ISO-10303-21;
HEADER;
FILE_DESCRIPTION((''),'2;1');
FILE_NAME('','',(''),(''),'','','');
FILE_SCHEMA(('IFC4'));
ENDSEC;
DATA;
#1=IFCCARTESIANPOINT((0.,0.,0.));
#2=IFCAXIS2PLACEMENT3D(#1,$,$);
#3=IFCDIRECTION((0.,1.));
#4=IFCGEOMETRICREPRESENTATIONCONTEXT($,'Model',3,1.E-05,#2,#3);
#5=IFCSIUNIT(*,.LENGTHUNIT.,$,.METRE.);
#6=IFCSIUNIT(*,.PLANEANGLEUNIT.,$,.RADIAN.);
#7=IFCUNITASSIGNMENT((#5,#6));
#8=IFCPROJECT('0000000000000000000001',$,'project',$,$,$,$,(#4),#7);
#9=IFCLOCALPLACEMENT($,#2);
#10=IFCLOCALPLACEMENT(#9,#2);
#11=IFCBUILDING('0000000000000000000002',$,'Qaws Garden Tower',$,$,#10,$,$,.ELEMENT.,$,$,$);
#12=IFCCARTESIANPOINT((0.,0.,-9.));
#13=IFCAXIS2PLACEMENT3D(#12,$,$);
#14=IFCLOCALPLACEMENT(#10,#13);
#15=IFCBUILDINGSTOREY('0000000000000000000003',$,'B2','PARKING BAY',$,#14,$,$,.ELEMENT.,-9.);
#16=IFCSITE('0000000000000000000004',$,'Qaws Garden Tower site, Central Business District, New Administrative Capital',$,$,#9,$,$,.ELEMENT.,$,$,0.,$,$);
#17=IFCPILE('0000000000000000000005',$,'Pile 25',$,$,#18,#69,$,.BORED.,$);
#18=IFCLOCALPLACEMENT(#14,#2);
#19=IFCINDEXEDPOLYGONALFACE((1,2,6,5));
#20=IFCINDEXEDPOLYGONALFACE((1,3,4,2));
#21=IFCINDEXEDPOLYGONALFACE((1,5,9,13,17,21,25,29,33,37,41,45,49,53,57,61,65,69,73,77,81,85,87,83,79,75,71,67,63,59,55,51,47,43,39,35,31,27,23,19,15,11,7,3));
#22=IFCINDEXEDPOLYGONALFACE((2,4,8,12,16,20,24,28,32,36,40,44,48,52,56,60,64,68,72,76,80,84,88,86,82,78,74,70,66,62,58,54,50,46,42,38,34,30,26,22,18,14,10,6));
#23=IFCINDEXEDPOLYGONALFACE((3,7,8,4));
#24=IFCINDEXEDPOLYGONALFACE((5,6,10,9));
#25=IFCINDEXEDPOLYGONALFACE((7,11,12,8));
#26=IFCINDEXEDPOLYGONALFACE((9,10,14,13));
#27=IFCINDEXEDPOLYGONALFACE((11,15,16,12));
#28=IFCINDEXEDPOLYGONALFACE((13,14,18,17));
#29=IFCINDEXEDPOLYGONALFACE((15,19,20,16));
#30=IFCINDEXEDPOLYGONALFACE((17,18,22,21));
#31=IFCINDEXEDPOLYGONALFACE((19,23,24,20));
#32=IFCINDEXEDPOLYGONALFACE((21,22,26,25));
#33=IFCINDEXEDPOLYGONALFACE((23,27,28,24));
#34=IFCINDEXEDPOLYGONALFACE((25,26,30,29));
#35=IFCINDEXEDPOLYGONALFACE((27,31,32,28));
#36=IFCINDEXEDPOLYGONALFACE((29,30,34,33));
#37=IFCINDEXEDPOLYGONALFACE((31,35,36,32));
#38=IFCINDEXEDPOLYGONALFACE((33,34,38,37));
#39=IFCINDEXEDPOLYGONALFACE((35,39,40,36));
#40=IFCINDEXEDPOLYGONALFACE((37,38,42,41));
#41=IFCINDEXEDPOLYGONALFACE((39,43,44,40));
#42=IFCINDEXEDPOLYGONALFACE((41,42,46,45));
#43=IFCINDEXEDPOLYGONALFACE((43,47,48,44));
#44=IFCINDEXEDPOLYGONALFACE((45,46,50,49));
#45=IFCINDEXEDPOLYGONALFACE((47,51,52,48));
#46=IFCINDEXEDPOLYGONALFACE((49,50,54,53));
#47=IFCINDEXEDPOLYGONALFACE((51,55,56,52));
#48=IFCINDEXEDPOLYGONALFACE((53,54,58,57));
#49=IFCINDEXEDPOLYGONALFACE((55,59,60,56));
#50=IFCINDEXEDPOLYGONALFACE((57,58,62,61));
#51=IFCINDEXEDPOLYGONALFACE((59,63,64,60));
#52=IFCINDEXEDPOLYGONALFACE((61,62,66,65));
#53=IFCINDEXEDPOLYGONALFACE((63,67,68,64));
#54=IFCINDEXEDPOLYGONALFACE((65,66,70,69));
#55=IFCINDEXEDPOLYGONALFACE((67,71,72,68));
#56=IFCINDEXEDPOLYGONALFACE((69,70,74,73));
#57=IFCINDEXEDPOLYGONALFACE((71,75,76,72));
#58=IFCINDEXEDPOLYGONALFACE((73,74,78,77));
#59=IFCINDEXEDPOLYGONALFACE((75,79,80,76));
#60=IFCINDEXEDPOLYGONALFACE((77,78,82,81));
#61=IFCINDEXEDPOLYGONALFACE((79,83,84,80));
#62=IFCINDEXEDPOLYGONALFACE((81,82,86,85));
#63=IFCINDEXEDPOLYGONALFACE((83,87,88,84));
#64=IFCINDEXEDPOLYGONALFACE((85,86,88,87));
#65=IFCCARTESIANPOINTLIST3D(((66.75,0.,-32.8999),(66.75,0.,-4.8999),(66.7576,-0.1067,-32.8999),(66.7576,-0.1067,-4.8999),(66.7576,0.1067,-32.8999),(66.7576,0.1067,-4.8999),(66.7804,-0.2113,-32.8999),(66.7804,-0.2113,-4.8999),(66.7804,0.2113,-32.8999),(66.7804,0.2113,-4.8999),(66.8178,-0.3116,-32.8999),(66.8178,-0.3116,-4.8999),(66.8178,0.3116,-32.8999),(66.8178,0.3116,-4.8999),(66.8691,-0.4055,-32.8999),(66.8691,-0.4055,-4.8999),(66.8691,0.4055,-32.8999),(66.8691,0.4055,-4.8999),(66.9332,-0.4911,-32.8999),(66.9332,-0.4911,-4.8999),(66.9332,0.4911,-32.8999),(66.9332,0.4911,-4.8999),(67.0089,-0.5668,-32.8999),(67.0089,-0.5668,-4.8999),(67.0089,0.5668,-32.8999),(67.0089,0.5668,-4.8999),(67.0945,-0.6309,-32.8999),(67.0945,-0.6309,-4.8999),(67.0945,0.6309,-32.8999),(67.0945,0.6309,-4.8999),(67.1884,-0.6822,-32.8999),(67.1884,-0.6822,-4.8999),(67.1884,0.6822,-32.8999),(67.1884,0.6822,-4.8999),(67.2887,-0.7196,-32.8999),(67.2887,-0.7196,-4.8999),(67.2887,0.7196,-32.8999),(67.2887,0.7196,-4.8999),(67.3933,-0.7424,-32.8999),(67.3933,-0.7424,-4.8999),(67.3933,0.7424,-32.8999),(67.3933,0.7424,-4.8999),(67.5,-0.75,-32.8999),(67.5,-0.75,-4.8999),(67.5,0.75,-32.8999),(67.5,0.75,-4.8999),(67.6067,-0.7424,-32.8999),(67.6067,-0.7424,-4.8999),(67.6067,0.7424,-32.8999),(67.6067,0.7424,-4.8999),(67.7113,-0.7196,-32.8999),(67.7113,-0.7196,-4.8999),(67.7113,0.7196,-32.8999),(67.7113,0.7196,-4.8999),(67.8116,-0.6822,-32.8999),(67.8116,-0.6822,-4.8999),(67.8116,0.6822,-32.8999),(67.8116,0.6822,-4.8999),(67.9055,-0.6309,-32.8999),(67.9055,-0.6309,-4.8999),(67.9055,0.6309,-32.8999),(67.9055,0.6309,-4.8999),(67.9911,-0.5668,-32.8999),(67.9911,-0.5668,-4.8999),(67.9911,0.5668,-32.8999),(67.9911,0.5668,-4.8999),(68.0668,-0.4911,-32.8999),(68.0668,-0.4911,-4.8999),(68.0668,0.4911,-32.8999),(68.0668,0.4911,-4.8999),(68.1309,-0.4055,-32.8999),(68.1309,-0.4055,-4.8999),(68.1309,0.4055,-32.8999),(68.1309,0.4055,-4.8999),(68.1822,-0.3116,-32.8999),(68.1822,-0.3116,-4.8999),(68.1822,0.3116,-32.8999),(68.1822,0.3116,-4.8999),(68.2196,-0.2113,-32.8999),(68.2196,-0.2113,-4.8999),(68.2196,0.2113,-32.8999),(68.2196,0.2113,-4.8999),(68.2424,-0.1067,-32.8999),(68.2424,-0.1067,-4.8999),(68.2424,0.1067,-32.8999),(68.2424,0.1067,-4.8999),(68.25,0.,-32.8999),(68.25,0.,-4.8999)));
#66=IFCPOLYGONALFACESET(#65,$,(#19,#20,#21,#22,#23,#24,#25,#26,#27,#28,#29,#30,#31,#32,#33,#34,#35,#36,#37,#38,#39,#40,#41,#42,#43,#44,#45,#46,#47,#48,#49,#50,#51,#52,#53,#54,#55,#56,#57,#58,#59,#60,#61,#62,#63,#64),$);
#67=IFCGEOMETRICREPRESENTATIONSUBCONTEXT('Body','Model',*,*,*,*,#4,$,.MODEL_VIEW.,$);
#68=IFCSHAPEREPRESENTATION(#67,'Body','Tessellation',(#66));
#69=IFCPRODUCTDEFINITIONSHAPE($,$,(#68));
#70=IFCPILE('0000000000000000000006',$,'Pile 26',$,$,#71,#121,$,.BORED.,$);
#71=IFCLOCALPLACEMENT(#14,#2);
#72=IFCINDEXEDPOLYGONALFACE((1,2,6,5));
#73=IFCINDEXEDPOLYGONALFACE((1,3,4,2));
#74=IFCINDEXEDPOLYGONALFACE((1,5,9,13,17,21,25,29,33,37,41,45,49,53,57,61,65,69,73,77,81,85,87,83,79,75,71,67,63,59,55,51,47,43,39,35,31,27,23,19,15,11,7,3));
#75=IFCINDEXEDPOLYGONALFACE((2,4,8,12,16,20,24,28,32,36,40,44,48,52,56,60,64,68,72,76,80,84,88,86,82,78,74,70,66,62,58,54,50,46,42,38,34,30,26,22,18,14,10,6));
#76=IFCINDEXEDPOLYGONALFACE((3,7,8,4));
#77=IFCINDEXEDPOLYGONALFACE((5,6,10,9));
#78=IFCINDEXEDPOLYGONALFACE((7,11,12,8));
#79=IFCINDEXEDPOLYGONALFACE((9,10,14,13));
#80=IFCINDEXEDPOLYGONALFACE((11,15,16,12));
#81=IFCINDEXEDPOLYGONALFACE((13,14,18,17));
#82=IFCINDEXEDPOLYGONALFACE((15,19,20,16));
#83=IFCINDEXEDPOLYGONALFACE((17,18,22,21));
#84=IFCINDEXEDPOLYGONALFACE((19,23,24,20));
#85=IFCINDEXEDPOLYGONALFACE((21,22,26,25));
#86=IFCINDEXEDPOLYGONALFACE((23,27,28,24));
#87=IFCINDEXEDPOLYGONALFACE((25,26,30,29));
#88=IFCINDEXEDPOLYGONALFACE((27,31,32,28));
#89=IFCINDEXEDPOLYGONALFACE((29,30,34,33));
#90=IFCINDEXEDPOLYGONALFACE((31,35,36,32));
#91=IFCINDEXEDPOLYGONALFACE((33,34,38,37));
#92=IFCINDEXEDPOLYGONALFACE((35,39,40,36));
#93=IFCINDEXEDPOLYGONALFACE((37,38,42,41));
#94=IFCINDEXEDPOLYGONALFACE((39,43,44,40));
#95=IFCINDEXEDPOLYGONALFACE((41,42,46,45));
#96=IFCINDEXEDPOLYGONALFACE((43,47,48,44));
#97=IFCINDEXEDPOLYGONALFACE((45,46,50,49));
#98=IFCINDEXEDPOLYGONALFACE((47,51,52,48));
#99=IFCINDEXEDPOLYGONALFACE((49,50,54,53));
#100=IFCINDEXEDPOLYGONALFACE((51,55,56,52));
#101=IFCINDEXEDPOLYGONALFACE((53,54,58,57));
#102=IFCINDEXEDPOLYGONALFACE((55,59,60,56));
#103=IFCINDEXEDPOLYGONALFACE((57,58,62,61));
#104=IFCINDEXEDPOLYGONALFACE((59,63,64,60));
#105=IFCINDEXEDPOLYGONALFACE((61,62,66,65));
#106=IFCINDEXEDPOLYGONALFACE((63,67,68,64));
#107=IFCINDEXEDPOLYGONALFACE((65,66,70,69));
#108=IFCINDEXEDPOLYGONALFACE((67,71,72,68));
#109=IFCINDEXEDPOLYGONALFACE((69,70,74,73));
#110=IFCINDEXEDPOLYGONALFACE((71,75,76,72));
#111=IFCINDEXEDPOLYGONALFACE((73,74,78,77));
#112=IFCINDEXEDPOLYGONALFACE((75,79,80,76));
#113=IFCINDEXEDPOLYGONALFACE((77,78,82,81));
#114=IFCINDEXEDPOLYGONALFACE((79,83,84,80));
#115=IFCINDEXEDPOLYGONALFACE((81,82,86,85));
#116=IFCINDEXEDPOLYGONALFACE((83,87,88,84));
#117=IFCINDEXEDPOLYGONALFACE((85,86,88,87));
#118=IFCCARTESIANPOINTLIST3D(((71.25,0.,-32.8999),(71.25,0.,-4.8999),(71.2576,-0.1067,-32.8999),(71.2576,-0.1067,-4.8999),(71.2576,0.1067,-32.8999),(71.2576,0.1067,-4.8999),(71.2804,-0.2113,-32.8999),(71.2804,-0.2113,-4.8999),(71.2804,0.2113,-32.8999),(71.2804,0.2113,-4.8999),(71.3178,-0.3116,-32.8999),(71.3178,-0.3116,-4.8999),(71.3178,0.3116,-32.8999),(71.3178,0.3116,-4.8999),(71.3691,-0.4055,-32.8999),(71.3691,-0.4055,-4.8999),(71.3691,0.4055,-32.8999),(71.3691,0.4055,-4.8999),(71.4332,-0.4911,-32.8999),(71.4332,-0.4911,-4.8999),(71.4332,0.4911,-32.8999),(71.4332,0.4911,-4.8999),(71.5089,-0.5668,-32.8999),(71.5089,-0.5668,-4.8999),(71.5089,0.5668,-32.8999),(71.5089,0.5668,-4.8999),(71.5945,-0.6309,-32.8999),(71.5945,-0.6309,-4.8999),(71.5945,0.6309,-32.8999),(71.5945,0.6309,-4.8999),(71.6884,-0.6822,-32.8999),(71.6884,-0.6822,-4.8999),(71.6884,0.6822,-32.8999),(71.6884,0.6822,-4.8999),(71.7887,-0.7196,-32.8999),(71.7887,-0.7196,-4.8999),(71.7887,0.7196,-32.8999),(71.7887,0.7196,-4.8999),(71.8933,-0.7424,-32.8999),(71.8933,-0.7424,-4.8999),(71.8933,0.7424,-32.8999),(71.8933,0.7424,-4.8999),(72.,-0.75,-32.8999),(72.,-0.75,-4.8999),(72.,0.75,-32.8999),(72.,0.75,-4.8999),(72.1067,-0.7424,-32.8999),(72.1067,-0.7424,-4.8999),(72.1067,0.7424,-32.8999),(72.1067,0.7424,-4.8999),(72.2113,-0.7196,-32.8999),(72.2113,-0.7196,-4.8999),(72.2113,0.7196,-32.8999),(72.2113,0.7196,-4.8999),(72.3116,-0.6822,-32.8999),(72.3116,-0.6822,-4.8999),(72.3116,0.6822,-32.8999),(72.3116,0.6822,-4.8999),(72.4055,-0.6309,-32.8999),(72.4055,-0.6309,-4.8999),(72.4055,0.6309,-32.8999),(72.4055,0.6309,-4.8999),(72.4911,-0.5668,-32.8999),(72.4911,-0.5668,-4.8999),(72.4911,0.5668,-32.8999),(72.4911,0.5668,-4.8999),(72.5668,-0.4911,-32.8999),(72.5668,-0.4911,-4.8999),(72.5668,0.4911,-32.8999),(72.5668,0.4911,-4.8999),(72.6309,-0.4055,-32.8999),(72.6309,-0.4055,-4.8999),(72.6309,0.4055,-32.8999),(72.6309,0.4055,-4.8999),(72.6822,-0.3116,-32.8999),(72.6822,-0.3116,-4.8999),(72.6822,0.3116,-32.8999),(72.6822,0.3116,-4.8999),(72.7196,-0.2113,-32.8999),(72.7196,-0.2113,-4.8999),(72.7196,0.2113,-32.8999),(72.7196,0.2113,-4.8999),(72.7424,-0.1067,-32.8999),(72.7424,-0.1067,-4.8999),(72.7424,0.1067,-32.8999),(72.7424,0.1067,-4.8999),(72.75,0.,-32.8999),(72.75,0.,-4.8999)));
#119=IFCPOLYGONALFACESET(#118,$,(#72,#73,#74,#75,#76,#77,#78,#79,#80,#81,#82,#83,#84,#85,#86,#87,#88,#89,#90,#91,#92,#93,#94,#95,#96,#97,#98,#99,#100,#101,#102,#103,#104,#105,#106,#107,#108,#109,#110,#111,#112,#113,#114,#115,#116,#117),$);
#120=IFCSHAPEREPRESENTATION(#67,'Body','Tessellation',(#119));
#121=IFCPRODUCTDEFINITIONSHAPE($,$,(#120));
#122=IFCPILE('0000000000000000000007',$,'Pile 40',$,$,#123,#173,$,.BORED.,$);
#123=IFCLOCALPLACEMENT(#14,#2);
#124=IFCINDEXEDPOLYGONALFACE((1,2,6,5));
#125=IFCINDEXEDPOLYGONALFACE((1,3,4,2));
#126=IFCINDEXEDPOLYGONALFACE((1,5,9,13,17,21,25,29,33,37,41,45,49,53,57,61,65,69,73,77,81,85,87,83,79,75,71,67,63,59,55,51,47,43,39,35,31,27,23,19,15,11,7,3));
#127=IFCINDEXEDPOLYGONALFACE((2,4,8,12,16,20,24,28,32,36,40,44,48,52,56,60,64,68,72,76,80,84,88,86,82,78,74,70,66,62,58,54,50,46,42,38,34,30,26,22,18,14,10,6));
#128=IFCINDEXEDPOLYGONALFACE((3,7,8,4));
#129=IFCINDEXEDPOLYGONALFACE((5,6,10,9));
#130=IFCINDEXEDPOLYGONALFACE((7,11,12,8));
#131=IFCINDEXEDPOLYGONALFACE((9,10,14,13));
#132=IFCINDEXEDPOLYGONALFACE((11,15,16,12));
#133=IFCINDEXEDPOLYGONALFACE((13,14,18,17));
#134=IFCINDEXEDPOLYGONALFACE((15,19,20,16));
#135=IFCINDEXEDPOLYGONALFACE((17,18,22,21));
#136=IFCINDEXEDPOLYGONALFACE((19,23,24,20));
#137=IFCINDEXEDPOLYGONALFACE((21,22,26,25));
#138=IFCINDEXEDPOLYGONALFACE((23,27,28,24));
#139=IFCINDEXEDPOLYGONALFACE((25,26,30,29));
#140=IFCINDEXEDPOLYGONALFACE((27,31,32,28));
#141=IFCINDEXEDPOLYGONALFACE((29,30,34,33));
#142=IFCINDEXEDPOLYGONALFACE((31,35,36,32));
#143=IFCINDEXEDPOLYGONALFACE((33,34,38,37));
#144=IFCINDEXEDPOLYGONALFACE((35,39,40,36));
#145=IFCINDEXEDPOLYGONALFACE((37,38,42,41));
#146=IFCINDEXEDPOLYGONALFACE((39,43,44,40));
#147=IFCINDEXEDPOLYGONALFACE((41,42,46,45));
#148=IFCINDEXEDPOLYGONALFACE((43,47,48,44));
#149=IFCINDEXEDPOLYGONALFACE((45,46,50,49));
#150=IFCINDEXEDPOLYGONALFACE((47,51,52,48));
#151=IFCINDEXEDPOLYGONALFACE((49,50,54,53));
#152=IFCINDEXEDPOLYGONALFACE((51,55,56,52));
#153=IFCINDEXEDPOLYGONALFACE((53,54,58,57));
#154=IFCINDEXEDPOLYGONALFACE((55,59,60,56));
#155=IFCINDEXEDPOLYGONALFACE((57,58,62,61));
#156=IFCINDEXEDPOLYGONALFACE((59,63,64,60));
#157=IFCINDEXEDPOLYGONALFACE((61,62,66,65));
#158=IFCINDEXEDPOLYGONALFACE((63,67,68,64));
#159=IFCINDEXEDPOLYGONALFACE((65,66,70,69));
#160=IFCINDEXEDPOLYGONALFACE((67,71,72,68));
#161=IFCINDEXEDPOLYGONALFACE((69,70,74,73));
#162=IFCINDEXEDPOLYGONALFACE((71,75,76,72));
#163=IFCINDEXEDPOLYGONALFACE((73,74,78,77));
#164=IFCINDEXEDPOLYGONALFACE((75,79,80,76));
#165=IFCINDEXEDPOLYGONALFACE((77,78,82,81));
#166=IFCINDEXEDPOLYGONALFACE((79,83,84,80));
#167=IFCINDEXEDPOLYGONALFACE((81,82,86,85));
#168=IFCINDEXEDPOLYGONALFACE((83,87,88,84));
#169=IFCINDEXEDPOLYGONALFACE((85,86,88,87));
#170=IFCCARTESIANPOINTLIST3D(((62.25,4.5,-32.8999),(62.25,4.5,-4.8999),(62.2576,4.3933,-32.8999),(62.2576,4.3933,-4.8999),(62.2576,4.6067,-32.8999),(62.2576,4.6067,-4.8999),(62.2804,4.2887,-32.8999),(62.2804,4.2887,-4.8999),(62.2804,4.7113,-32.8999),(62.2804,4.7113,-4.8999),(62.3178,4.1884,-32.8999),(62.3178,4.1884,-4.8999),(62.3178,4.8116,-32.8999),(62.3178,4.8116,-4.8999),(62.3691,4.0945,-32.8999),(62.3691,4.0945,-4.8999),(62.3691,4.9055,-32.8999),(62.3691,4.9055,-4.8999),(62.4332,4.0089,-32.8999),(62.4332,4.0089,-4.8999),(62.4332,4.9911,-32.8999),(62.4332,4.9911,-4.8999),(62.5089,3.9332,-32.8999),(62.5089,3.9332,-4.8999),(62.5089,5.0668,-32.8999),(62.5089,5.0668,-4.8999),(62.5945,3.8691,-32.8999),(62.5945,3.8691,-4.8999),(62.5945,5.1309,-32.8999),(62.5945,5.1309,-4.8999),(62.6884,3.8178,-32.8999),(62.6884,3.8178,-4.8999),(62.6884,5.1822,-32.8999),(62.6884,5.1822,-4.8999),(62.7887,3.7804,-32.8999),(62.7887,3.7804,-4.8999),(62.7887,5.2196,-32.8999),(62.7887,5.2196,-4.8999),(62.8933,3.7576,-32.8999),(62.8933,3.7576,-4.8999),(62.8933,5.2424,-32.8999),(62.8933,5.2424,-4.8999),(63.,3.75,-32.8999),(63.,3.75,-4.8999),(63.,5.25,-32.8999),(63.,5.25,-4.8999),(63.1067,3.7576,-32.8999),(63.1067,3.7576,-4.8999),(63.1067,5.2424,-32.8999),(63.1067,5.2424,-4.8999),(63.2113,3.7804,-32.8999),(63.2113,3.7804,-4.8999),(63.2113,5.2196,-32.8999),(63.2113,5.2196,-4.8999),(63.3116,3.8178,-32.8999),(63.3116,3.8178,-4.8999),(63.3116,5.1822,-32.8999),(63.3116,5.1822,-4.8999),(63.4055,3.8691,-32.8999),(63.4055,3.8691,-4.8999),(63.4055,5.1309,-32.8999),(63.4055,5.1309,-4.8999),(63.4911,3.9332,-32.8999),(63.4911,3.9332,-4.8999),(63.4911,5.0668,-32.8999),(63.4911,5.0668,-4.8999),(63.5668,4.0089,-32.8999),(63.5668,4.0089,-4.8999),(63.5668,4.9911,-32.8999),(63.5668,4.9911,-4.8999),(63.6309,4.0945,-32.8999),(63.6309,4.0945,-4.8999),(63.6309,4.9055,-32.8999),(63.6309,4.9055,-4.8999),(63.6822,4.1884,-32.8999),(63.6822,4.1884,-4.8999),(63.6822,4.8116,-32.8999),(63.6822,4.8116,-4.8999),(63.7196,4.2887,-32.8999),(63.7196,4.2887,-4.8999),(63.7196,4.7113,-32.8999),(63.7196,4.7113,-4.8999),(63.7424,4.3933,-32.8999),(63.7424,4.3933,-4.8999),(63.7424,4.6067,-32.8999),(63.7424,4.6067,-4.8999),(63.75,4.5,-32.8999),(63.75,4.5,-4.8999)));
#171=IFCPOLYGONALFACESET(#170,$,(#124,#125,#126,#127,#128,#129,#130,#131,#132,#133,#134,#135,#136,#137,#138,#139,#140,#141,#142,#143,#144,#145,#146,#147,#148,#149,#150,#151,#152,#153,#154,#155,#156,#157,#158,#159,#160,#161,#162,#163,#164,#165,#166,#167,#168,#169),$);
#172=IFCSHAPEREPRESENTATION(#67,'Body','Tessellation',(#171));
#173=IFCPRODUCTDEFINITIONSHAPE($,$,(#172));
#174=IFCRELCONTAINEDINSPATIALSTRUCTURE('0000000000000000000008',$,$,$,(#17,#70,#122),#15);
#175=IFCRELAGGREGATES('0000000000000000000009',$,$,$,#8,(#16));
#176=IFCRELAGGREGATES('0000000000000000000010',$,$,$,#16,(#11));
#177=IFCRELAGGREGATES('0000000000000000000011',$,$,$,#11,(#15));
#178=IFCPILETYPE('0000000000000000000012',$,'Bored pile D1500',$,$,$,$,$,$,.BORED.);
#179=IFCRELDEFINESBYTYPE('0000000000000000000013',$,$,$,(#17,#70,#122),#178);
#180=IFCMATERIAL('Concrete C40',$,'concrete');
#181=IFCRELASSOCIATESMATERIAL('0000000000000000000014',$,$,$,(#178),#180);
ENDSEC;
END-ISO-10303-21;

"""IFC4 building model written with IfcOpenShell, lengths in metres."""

from ifc_helpers import new_model, si_unit, direction, frame, origin, origin_2d, place, context, subcontext, project, spatial, circle, extrude, material, material_profile, profile_set, type_object, element, save


model = new_model("IFC4")

# Units and contexts
model_context = context("Model", 3, precision=1e-05, world=origin(), true_north=direction((0.0, 1.0)))
body_context = subcontext(model_context, "Body", "Model", "MODEL_VIEW")
ifc_project = project(units=[si_unit("LENGTHUNIT", "METRE"), si_unit("PLANEANGLEUNIT", "RADIAN")], contexts=[model_context])

# Site, building, storey
site_placement = place(None, origin())
site = spatial("IfcSite", under=ifc_project, at=site_placement, Name="Qaws Garden Tower site, Central Business District, New Administrative Capital", CompositionType="ELEMENT", RefElevation=0.0)
building_placement = place(site_placement, origin())
building = spatial("IfcBuilding", under=site, at=building_placement, Name="Qaws Garden Tower", CompositionType="ELEMENT")
storey_placement = place(building_placement, frame((0.0, 0.0, -9.0)))
storey = spatial("IfcBuildingStorey", under=building, at=storey_placement, Name="B2", Description="PARKING BAY", CompositionType="ELEMENT", Elevation=-9.0)

# Piles
ifc_material_1 = material(Name="Concrete C40", Category="concrete")
ifc_material_profile_1 = material_profile(ifc_material_1, circle(Radius=0.75, at=origin_2d()), Name="Bored pile D1500")
ifc_profile_set_1 = profile_set([ifc_material_profile_1], Name="Concrete C40")
pile_type = type_object("IfcPileType", Name="Bored pile D1500", PredefinedType="BORED", material=ifc_profile_set_1)
for number, where, z_axis, x_axis, name in (
    (1, (67.5, 0.0, -4.8999), (0.0, 0.0, -1.0), (1.0, 0.0, 0.0), "Pile 25"),
    (2, (72.0, 0.0, -4.8999), (0.0, 0.0, -1.0), (1.0, 0.0, 0.0), "Pile 26"),
    (3, (63.0, 4.5, -4.8999), (0.0, 0.0, -1.0), (1.0, 0.0, 0.0), "Pile 40"),
):
    element("IfcPile", number, at=place(storey_placement, frame(where, z_axis=z_axis, x_axis=x_axis)), inside=storey, type_object=pile_type, Name=name, PredefinedType="BORED", context=body_context, shape_type="SweptSolid", body=[
        extrude(circle(Radius=0.75, at=origin_2d()), origin(), (0.0, 0.0, 1.0), 28.0),
    ])

save(model, "model.ifc")
